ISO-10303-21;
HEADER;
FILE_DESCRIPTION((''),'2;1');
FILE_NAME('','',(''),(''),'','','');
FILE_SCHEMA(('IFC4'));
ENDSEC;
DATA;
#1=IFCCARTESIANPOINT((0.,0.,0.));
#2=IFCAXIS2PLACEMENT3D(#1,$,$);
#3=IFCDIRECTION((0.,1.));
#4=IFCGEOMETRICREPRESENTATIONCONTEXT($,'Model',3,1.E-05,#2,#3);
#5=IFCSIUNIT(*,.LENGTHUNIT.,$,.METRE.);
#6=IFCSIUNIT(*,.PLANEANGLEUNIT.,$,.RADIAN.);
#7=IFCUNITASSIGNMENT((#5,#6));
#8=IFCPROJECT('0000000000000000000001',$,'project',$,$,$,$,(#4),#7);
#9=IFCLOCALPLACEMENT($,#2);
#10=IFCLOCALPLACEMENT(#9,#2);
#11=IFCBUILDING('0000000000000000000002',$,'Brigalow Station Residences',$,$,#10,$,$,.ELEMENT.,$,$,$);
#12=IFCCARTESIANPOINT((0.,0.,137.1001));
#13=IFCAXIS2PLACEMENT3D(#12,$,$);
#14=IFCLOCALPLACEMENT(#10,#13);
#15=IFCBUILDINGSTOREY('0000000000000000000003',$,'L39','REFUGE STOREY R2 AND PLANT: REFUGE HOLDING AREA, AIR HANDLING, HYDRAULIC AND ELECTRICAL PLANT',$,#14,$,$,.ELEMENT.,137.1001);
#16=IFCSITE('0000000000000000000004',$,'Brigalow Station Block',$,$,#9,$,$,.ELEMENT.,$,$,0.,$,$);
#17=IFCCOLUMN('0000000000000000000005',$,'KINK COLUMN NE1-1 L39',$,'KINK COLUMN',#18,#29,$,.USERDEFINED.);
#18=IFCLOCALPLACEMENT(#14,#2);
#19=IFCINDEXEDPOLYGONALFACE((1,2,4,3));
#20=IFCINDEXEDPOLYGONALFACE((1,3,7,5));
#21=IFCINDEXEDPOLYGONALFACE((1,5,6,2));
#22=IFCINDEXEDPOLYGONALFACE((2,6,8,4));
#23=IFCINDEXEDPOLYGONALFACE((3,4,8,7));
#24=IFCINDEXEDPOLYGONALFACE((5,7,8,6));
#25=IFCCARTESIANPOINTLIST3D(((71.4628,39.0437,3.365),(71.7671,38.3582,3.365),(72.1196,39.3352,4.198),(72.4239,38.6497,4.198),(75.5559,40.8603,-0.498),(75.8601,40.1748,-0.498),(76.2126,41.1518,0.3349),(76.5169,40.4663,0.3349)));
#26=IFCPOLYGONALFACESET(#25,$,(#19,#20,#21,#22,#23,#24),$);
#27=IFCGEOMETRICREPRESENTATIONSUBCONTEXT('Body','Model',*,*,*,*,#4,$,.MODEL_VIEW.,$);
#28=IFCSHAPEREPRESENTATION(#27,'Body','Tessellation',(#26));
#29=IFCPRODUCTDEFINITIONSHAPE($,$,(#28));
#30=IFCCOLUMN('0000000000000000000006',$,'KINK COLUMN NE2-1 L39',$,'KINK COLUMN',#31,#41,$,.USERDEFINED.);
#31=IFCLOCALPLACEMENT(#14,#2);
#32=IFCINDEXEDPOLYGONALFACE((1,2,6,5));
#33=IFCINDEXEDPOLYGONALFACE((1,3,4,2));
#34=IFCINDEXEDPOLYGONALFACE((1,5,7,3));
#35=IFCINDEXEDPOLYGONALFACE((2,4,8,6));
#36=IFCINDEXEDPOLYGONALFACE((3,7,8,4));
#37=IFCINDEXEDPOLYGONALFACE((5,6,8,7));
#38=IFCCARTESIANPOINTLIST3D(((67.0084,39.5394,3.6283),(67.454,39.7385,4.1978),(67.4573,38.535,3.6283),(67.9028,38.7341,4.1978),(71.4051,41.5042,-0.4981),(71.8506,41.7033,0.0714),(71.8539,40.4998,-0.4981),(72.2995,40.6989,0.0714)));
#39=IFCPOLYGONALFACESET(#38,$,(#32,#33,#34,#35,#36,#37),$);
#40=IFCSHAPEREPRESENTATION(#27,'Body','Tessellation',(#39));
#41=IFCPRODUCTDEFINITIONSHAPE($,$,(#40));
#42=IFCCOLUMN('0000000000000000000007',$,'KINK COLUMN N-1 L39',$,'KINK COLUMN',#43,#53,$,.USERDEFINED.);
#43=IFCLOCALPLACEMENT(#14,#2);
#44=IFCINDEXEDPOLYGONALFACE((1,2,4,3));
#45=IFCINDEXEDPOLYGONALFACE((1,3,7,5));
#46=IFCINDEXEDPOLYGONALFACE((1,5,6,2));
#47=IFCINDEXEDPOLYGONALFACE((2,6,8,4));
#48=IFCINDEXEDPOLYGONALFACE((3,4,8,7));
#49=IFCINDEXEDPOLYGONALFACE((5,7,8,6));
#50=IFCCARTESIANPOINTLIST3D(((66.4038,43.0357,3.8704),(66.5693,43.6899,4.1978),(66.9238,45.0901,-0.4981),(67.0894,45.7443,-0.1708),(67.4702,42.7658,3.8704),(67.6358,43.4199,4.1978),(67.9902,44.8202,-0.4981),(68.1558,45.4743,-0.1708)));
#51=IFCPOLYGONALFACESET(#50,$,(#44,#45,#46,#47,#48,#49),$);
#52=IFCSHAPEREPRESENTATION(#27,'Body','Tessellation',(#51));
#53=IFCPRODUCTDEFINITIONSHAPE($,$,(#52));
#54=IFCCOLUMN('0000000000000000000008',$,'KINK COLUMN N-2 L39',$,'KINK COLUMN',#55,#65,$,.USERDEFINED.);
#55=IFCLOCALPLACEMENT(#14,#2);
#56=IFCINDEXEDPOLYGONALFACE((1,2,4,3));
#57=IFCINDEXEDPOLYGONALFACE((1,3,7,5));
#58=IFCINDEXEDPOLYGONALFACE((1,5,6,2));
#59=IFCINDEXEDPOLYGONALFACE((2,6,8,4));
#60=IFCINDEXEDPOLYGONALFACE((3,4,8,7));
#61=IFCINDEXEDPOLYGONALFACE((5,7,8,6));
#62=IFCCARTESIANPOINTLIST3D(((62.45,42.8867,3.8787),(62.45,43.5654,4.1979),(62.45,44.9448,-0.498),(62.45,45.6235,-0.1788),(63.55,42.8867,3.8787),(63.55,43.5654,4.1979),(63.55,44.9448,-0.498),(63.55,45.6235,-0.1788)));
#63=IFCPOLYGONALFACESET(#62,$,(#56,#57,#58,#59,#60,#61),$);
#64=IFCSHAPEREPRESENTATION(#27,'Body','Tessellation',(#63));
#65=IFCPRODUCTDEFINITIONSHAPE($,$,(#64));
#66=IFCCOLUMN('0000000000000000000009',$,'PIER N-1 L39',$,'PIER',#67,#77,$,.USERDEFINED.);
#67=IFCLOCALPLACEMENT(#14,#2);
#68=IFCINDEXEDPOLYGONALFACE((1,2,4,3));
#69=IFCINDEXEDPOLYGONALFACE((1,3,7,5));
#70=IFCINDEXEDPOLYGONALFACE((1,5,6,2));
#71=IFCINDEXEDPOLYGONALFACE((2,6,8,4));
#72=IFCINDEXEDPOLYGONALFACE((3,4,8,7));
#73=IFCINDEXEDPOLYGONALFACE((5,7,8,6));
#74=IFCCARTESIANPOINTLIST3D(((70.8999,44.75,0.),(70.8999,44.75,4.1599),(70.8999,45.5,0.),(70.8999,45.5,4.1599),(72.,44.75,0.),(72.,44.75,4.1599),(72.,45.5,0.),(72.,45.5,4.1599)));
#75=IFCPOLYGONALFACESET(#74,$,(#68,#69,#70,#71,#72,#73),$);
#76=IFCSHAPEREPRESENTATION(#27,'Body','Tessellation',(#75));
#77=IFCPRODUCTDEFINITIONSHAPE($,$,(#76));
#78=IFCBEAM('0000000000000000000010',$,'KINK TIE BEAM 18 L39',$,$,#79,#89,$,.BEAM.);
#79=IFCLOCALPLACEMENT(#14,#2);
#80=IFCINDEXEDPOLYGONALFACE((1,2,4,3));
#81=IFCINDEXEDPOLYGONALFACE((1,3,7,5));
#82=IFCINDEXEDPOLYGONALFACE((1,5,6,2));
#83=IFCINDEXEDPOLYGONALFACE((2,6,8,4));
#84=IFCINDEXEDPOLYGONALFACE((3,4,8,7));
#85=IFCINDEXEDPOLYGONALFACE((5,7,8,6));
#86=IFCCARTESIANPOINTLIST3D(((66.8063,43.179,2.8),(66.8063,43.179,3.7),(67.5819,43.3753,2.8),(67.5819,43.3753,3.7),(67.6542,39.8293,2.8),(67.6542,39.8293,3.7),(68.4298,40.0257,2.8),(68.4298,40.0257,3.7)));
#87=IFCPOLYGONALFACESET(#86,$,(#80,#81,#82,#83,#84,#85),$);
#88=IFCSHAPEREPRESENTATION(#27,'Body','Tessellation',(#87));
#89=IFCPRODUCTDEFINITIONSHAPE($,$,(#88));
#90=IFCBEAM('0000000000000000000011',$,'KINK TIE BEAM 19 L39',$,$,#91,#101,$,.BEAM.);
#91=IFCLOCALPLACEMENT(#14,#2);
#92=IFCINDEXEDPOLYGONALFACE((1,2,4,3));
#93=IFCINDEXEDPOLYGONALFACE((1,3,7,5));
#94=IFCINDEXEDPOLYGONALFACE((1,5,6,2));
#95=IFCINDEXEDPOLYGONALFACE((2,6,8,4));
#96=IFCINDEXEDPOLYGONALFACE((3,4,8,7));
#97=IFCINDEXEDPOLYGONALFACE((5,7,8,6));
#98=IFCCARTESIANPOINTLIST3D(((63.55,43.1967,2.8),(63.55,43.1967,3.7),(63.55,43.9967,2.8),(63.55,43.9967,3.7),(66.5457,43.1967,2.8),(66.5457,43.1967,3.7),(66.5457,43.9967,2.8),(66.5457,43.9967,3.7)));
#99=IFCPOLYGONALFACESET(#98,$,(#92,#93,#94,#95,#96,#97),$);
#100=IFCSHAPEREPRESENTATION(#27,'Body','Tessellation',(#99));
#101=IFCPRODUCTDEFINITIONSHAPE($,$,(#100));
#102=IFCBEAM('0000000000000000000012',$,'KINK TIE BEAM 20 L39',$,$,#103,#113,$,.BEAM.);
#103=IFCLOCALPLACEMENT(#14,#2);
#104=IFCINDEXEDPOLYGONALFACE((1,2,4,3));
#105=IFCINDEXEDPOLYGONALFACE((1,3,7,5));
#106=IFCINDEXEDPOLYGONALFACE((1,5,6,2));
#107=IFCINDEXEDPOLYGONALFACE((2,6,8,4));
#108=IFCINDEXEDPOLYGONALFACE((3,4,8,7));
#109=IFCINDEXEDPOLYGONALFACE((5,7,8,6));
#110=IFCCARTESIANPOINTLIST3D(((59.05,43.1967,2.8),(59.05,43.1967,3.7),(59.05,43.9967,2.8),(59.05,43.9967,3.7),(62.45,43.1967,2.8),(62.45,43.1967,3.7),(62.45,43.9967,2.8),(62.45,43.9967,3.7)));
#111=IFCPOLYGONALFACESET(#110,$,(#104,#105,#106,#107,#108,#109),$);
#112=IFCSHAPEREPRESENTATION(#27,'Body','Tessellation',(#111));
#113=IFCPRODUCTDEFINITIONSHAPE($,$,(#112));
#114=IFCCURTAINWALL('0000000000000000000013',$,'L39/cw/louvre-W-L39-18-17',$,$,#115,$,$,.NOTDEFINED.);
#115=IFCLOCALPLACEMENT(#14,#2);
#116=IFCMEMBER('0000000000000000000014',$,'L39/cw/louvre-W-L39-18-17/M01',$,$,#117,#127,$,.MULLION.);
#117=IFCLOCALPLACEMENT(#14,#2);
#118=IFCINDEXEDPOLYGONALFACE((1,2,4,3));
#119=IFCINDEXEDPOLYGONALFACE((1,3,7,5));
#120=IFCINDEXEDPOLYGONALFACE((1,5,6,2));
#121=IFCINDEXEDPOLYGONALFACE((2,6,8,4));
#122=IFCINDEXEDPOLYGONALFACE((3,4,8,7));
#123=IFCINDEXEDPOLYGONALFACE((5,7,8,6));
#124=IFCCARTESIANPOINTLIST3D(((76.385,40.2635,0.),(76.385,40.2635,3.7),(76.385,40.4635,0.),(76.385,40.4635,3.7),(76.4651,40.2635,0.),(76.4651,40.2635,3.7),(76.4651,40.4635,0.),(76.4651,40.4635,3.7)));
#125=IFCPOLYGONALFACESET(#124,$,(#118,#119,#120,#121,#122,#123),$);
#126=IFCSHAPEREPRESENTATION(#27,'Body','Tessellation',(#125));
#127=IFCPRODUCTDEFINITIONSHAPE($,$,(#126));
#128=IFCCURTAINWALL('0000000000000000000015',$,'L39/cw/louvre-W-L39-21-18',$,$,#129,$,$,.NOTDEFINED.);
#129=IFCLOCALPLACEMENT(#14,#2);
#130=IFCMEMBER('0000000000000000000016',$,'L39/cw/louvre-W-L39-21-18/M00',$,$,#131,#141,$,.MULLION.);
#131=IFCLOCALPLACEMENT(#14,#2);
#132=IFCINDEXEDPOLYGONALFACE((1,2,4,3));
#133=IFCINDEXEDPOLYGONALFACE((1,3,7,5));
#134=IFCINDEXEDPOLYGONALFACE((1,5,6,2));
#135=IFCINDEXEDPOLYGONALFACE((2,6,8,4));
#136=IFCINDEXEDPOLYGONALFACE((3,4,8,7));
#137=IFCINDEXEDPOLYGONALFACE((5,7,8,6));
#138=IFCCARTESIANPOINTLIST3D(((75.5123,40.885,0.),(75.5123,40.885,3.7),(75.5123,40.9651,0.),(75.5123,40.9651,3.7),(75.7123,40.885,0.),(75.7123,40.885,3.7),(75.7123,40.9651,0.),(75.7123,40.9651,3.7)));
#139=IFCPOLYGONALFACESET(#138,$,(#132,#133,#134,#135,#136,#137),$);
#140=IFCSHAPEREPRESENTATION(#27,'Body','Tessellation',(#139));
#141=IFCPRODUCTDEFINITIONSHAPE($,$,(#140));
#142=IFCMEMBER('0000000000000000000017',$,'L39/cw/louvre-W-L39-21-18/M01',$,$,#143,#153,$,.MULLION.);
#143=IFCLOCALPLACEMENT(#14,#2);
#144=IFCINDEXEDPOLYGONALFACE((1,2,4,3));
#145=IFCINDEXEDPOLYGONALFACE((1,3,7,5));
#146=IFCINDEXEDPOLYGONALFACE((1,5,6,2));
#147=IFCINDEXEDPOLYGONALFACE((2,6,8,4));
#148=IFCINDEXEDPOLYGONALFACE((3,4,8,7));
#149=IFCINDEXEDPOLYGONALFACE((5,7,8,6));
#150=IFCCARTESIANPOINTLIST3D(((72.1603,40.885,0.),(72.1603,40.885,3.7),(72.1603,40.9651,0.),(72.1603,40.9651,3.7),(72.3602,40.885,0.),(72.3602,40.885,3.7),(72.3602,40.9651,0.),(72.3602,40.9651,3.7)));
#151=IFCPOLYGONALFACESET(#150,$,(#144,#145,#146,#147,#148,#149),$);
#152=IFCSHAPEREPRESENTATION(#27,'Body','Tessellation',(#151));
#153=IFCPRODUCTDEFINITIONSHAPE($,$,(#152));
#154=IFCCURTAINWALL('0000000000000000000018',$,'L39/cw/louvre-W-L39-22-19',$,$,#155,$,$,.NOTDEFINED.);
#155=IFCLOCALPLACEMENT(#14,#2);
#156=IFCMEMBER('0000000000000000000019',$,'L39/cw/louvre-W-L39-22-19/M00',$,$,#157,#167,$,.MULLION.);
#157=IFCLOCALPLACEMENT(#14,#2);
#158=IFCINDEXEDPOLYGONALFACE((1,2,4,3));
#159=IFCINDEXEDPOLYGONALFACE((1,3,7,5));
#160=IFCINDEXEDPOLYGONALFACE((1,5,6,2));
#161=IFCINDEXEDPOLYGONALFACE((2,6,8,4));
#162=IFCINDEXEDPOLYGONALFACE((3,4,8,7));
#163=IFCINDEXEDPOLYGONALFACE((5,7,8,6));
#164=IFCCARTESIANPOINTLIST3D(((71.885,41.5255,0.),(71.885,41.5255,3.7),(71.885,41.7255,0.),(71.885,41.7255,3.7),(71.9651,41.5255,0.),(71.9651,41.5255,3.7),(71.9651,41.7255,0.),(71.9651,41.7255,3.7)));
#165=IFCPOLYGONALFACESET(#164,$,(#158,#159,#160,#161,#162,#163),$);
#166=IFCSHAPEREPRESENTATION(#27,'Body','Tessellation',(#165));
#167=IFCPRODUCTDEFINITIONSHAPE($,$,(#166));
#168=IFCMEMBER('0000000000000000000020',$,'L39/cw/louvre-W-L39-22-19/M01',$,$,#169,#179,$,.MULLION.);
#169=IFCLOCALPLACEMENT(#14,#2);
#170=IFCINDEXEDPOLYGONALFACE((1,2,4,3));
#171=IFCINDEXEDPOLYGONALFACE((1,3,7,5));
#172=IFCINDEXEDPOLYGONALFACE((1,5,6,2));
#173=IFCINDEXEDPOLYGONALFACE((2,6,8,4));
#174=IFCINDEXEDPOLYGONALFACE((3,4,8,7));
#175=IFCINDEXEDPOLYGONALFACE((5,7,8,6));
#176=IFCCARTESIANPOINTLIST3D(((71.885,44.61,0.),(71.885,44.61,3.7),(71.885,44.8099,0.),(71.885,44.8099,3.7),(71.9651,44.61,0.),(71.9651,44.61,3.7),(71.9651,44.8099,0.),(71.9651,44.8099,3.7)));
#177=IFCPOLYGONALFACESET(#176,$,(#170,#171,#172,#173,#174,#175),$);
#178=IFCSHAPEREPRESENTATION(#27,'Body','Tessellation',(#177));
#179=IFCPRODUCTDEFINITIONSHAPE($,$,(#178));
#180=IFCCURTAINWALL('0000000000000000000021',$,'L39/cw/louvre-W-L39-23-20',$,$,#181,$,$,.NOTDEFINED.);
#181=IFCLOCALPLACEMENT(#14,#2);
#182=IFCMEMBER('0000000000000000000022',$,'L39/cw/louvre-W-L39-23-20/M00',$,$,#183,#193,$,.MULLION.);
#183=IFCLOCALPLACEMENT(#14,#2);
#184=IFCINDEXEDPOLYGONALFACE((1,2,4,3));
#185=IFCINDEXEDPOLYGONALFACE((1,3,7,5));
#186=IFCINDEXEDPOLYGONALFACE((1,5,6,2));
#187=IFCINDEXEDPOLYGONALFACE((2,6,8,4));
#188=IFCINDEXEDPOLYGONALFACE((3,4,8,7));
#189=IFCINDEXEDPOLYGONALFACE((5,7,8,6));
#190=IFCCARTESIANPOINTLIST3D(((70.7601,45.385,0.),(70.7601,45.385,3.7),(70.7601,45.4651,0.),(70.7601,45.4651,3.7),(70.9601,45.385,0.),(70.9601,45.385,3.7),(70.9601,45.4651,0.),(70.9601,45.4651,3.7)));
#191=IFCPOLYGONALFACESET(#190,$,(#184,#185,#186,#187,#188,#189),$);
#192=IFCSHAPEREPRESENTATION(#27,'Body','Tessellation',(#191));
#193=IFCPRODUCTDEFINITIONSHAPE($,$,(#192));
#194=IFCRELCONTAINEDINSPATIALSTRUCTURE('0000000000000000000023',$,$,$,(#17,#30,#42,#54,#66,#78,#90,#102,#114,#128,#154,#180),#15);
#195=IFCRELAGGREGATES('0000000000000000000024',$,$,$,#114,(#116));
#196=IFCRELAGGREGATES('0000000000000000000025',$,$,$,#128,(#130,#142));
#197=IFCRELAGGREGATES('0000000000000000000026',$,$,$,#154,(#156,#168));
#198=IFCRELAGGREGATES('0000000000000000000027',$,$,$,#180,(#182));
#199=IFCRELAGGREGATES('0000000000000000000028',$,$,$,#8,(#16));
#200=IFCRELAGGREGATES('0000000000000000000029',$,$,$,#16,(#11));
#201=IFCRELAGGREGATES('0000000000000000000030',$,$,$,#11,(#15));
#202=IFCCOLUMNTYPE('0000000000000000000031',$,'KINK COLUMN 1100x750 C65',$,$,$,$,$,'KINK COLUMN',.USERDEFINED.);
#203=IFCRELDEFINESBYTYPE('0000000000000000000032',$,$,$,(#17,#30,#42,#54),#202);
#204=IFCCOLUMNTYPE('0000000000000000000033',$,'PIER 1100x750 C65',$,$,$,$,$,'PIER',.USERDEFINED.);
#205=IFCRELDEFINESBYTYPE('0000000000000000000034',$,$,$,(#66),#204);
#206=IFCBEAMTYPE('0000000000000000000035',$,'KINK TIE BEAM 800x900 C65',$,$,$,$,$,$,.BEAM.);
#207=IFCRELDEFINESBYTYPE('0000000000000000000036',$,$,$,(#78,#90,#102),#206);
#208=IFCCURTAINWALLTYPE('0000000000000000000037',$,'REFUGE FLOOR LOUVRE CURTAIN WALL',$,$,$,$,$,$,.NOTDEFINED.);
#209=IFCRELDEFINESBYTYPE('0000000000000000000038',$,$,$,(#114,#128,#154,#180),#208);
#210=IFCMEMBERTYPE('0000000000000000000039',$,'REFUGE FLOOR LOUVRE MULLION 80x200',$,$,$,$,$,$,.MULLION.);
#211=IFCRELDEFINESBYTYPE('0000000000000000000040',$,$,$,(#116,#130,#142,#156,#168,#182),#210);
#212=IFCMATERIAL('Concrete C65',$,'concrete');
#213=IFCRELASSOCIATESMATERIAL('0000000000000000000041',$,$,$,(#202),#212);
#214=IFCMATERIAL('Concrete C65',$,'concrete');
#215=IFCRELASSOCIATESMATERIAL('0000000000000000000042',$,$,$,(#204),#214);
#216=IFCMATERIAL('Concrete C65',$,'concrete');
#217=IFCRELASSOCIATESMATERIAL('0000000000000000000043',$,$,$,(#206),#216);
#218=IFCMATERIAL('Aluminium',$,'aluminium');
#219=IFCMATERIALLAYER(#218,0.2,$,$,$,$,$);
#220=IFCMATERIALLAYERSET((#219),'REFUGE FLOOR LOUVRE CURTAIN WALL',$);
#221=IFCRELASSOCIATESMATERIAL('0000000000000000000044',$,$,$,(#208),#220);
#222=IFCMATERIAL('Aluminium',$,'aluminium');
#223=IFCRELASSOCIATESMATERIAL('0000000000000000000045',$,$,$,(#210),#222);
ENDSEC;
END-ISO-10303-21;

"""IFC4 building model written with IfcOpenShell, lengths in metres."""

from ifc_helpers import new_model, si_unit, direction, frame, origin, origin_2d, place, context, subcontext, project, spatial, rectangle, extrude, material, layer, layer_set, material_profile, profile_set, type_object, element, aggregate, save


model = new_model("IFC4")

# Units and contexts
model_context = context("Model", 3, precision=1e-05, world=origin(), true_north=direction((0.0, 1.0)))
body_context = subcontext(model_context, "Body", "Model", "MODEL_VIEW")
ifc_project = project(units=[si_unit("LENGTHUNIT", "METRE"), si_unit("PLANEANGLEUNIT", "RADIAN")], contexts=[model_context])

# Site, building, storey
site_placement = place(None, origin())
site = spatial("IfcSite", under=ifc_project, at=site_placement, Name="Brigalow Station Block", CompositionType="ELEMENT", RefElevation=0.0)
building_placement = place(site_placement, origin())
building = spatial("IfcBuilding", under=site, at=building_placement, Name="Brigalow Station Residences", CompositionType="ELEMENT")
storey_placement = place(building_placement, frame((0.0, 0.0, 137.1001)))
storey = spatial("IfcBuildingStorey", under=building, at=storey_placement, Name="L39", Description="REFUGE STOREY R2 AND PLANT: REFUGE HOLDING AREA, AIR HANDLING, HYDRAULIC AND ELECTRICAL PLANT", CompositionType="ELEMENT", Elevation=137.1001)

# Columns
ifc_material_1 = material(Name="Concrete C65", Category="concrete")
ifc_material_profile_1 = material_profile(ifc_material_1, rectangle(XDim=1.1001, YDim=0.75, at=origin_2d()), Name="RC1100x750")
ifc_profile_set_1 = profile_set([ifc_material_profile_1], Name="Concrete C65")
column_type_1 = type_object("IfcColumnType", Name="KINK COLUMN 1100x750 C65", ElementType="KINK COLUMN", PredefinedType="USERDEFINED", material=ifc_profile_set_1)
column_1_placement = place(storey_placement, frame((76.0364, 40.6633, -0.0815), z_axis=(-0.692083, -0.307175, 0.653196), x_axis=(0.597031, 0.264987, 0.757189)))
element("IfcColumn", 1, at=column_1_placement, inside=storey, type_object=column_type_1, Name="KINK COLUMN NE1-1 L39", ObjectType="KINK COLUMN", PredefinedType="USERDEFINED", context=body_context, shape_type="SweptSolid", body=[
    extrude(rectangle(XDim=1.1001, YDim=0.75, at=origin_2d()), origin(), (0.0, 0.0, 1.0), 5.9141),
])
column_2_placement = place(storey_placement, frame((71.8523, 41.1016, -0.2134), z_axis=(-0.693284, -0.30982, 0.650668), x_axis=(0.408, -0.912982, 0.0)))
element("IfcColumn", 2, at=column_2_placement, inside=storey, type_object=column_type_1, Name="KINK COLUMN NE2-1 L39", ObjectType="KINK COLUMN", PredefinedType="USERDEFINED", context=body_context, shape_type="SweptSolid", body=[
    extrude(rectangle(XDim=1.1001, YDim=0.75, at=origin_2d()), origin(), (0.0, 0.0, 1.0), 6.3418),
])
column_3_placement = place(storey_placement, frame((67.5398, 45.2822, -0.3345), z_axis=(-0.107098, -0.423113, 0.899725), x_axis=(0.969427, -0.245381, 0.0)))
element("IfcColumn", 3, at=column_3_placement, inside=storey, type_object=column_type_1, Name="KINK COLUMN N-1 L39", ObjectType="KINK COLUMN", PredefinedType="USERDEFINED", context=body_context, shape_type="SweptSolid", body=[
    extrude(rectangle(XDim=1.1001, YDim=0.75, at=origin_2d()), origin(), (0.0, 0.0, 1.0), 4.8555),
])
column_4_placement = place(storey_placement, frame((63.0, 45.2842, -0.3384), z_axis=(0.0, -0.425539, 0.90494), x_axis=(1.0, 0.0, 0.0)))
element("IfcColumn", 4, at=column_4_placement, inside=storey, type_object=column_type_1, Name="KINK COLUMN N-2 L39", ObjectType="KINK COLUMN", PredefinedType="USERDEFINED", context=body_context, shape_type="SweptSolid", body=[
    extrude(rectangle(XDim=1.1001, YDim=0.75, at=origin_2d()), origin(), (0.0, 0.0, 1.0), 4.8364),
])
ifc_material_2 = material(Name="Concrete C65", Category="concrete")
ifc_material_profile_2 = material_profile(ifc_material_2, rectangle(XDim=1.1001, YDim=0.75, at=origin_2d()), Name="RC1100x750")
ifc_profile_set_2 = profile_set([ifc_material_profile_2], Name="Concrete C65")
column_type_2 = type_object("IfcColumnType", Name="PIER 1100x750 C65", ElementType="PIER", PredefinedType="USERDEFINED", material=ifc_profile_set_2)
column_5_placement = place(storey_placement, frame((71.45, 45.125, 0.0), z_axis=(0.0, 0.0, 1.0), x_axis=(-1.0, 0.0, 0.0)))
element("IfcColumn", 5, at=column_5_placement, inside=storey, type_object=column_type_2, Name="PIER N-1 L39", ObjectType="PIER", PredefinedType="USERDEFINED", context=body_context, shape_type="SweptSolid", body=[
    extrude(rectangle(XDim=1.1001, YDim=0.75, at=origin_2d()), origin(), (0.0, 0.0, 1.0), 4.1599),
])

# Beams
ifc_material_3 = material(Name="Concrete C65", Category="concrete")
ifc_material_profile_3 = material_profile(ifc_material_3, rectangle(XDim=0.8, YDim=0.8999, at=origin_2d()), Name="RC800x900")
ifc_profile_set_3 = profile_set([ifc_material_profile_3], Name="Concrete C65")
beam_type = type_object("IfcBeamType", Name="KINK TIE BEAM 800x900 C65", PredefinedType="BEAM", material=ifc_profile_set_3)
beam_1_placement = place(storey_placement, frame((68.042, 39.9275, 3.25), z_axis=(-0.245394, 0.969423, 0.0), x_axis=(-0.969423, -0.245394, 0.0)))
element("IfcBeam", 6, at=beam_1_placement, inside=storey, type_object=beam_type, Name="KINK TIE BEAM 18 L39", PredefinedType="BEAM", context=body_context, shape_type="SweptSolid", body=[
    extrude(rectangle(XDim=0.8, YDim=0.8999, at=origin_2d()), origin(), (0.0, 0.0, 1.0), 3.4553),
])
beam_2_placement = place(storey_placement, frame((66.5457, 43.5967, 3.25), z_axis=(-1.0, 0.0, 0.0), x_axis=(0.0, -1.0, 0.0)))
element("IfcBeam", 7, at=beam_2_placement, inside=storey, type_object=beam_type, Name="KINK TIE BEAM 19 L39", PredefinedType="BEAM", context=body_context, shape_type="SweptSolid", body=[
    extrude(rectangle(XDim=0.8, YDim=0.8999, at=origin_2d()), origin(), (0.0, 0.0, 1.0), 2.9956),
])
beam_3_placement = place(storey_placement, frame((62.45, 43.5967, 3.25), z_axis=(-1.0, 0.0, 0.0), x_axis=(0.0, -1.0, 0.0)))
element("IfcBeam", 8, at=beam_3_placement, inside=storey, type_object=beam_type, Name="KINK TIE BEAM 20 L39", PredefinedType="BEAM", context=body_context, shape_type="SweptSolid", body=[
    extrude(rectangle(XDim=0.8, YDim=0.8999, at=origin_2d()), origin(), (0.0, 0.0, 1.0), 3.3999),
])

# Curtain wall, member
ifc_material_4 = material(Name="Aluminium", Category="aluminium")
ifc_layer_1 = layer(ifc_material_4, 0.2)
ifc_layer_set_1 = layer_set([ifc_layer_1], Name="REFUGE FLOOR LOUVRE CURTAIN WALL")
curtain_wall_type = type_object("IfcCurtainWallType", Name="REFUGE FLOOR LOUVRE CURTAIN WALL", PredefinedType="NOTDEFINED", material=ifc_layer_set_1)
curtain_wall_1_placement = place(storey_placement, origin())
curtain_wall_1 = element("IfcCurtainWall", 9, at=curtain_wall_1_placement, inside=storey, type_object=curtain_wall_type, Name="L39/cw/louvre-W-L39-18-17", PredefinedType="NOTDEFINED")
ifc_material_5 = material(Name="Aluminium", Category="aluminium")
ifc_material_profile_4 = material_profile(ifc_material_5, rectangle(XDim=0.0801, YDim=0.2, at=origin_2d()), Name="REFUGE FLOOR LOUVRE MULLION 80x200")
ifc_profile_set_4 = profile_set([ifc_material_profile_4], Name="Aluminium")
member_type_1 = type_object("IfcMemberType", Name="REFUGE FLOOR LOUVRE MULLION 80x200", PredefinedType="MULLION", material=ifc_profile_set_4)
member_1_placement = place(storey_placement, frame((76.425, 40.3635, 0.0), z_axis=(0.0, 0.0, 1.0), x_axis=(-1.0, 0.0, 0.0)))
member_1 = element("IfcMember", 10, at=member_1_placement, type_object=member_type_1, Name="L39/cw/louvre-W-L39-18-17/M01", PredefinedType="MULLION", context=body_context, shape_type="SweptSolid", body=[
    extrude(rectangle(XDim=0.0801, YDim=0.2, at=origin_2d()), origin(), (0.0, 0.0, 1.0), 3.7),
])
aggregate(curtain_wall_1, [member_1])

# Curtain walls, members
curtain_wall_2_placement = place(storey_placement, origin())
curtain_wall_2 = element("IfcCurtainWall", 11, at=curtain_wall_2_placement, inside=storey, type_object=curtain_wall_type, Name="L39/cw/louvre-W-L39-21-18", PredefinedType="NOTDEFINED")
member_2_placement = place(storey_placement, frame((75.6123, 40.925, 0.0), z_axis=(0.0, 0.0, 1.0), x_axis=(0.0, -1.0, 0.0)))
member_2 = element("IfcMember", 12, at=member_2_placement, type_object=member_type_1, Name="L39/cw/louvre-W-L39-21-18/M00", PredefinedType="MULLION", context=body_context, shape_type="SweptSolid", body=[
    extrude(rectangle(XDim=0.0801, YDim=0.2, at=origin_2d()), origin(), (0.0, 0.0, 1.0), 3.7),
])
member_3_placement = place(storey_placement, frame((72.2603, 40.925, 0.0), z_axis=(0.0, 0.0, 1.0), x_axis=(0.0, -1.0, 0.0)))
member_3 = element("IfcMember", 13, at=member_3_placement, type_object=member_type_1, Name="L39/cw/louvre-W-L39-21-18/M01", PredefinedType="MULLION", context=body_context, shape_type="SweptSolid", body=[
    extrude(rectangle(XDim=0.0801, YDim=0.2, at=origin_2d()), origin(), (0.0, 0.0, 1.0), 3.7),
])
curtain_wall_3_placement = place(storey_placement, origin())
curtain_wall_3 = element("IfcCurtainWall", 14, at=curtain_wall_3_placement, inside=storey, type_object=curtain_wall_type, Name="L39/cw/louvre-W-L39-22-19", PredefinedType="NOTDEFINED")
member_4_placement = place(storey_placement, frame((71.925, 41.6255, 0.0), z_axis=(0.0, 0.0, 1.0), x_axis=(-1.0, 0.0, 0.0)))
member_4 = element("IfcMember", 15, at=member_4_placement, type_object=member_type_1, Name="L39/cw/louvre-W-L39-22-19/M00", PredefinedType="MULLION", context=body_context, shape_type="SweptSolid", body=[
    extrude(rectangle(XDim=0.0801, YDim=0.2, at=origin_2d()), origin(), (0.0, 0.0, 1.0), 3.7),
])
member_5_placement = place(storey_placement, frame((71.925, 44.71, 0.0), z_axis=(0.0, 0.0, 1.0), x_axis=(-1.0, 0.0, 0.0)))
member_5 = element("IfcMember", 16, at=member_5_placement, type_object=member_type_1, Name="L39/cw/louvre-W-L39-22-19/M01", PredefinedType="MULLION", context=body_context, shape_type="SweptSolid", body=[
    extrude(rectangle(XDim=0.0801, YDim=0.2, at=origin_2d()), origin(), (0.0, 0.0, 1.0), 3.7),
])
curtain_wall_4_placement = place(storey_placement, origin())
curtain_wall_4 = element("IfcCurtainWall", 17, at=curtain_wall_4_placement, inside=storey, type_object=curtain_wall_type, Name="L39/cw/louvre-W-L39-23-20", PredefinedType="NOTDEFINED")
member_6_placement = place(storey_placement, frame((70.8601, 45.425, 0.0), z_axis=(0.0, 0.0, 1.0), x_axis=(0.0, -1.0, 0.0)))
member_6 = element("IfcMember", 18, at=member_6_placement, type_object=member_type_1, Name="L39/cw/louvre-W-L39-23-20/M00", PredefinedType="MULLION", context=body_context, shape_type="SweptSolid", body=[
    extrude(rectangle(XDim=0.0801, YDim=0.2, at=origin_2d()), origin(), (0.0, 0.0, 1.0), 3.7),
])

aggregate(curtain_wall_2, [member_2, member_3])
aggregate(curtain_wall_3, [member_4, member_5])
aggregate(curtain_wall_4, [member_6])

save(model, "model.ifc")
